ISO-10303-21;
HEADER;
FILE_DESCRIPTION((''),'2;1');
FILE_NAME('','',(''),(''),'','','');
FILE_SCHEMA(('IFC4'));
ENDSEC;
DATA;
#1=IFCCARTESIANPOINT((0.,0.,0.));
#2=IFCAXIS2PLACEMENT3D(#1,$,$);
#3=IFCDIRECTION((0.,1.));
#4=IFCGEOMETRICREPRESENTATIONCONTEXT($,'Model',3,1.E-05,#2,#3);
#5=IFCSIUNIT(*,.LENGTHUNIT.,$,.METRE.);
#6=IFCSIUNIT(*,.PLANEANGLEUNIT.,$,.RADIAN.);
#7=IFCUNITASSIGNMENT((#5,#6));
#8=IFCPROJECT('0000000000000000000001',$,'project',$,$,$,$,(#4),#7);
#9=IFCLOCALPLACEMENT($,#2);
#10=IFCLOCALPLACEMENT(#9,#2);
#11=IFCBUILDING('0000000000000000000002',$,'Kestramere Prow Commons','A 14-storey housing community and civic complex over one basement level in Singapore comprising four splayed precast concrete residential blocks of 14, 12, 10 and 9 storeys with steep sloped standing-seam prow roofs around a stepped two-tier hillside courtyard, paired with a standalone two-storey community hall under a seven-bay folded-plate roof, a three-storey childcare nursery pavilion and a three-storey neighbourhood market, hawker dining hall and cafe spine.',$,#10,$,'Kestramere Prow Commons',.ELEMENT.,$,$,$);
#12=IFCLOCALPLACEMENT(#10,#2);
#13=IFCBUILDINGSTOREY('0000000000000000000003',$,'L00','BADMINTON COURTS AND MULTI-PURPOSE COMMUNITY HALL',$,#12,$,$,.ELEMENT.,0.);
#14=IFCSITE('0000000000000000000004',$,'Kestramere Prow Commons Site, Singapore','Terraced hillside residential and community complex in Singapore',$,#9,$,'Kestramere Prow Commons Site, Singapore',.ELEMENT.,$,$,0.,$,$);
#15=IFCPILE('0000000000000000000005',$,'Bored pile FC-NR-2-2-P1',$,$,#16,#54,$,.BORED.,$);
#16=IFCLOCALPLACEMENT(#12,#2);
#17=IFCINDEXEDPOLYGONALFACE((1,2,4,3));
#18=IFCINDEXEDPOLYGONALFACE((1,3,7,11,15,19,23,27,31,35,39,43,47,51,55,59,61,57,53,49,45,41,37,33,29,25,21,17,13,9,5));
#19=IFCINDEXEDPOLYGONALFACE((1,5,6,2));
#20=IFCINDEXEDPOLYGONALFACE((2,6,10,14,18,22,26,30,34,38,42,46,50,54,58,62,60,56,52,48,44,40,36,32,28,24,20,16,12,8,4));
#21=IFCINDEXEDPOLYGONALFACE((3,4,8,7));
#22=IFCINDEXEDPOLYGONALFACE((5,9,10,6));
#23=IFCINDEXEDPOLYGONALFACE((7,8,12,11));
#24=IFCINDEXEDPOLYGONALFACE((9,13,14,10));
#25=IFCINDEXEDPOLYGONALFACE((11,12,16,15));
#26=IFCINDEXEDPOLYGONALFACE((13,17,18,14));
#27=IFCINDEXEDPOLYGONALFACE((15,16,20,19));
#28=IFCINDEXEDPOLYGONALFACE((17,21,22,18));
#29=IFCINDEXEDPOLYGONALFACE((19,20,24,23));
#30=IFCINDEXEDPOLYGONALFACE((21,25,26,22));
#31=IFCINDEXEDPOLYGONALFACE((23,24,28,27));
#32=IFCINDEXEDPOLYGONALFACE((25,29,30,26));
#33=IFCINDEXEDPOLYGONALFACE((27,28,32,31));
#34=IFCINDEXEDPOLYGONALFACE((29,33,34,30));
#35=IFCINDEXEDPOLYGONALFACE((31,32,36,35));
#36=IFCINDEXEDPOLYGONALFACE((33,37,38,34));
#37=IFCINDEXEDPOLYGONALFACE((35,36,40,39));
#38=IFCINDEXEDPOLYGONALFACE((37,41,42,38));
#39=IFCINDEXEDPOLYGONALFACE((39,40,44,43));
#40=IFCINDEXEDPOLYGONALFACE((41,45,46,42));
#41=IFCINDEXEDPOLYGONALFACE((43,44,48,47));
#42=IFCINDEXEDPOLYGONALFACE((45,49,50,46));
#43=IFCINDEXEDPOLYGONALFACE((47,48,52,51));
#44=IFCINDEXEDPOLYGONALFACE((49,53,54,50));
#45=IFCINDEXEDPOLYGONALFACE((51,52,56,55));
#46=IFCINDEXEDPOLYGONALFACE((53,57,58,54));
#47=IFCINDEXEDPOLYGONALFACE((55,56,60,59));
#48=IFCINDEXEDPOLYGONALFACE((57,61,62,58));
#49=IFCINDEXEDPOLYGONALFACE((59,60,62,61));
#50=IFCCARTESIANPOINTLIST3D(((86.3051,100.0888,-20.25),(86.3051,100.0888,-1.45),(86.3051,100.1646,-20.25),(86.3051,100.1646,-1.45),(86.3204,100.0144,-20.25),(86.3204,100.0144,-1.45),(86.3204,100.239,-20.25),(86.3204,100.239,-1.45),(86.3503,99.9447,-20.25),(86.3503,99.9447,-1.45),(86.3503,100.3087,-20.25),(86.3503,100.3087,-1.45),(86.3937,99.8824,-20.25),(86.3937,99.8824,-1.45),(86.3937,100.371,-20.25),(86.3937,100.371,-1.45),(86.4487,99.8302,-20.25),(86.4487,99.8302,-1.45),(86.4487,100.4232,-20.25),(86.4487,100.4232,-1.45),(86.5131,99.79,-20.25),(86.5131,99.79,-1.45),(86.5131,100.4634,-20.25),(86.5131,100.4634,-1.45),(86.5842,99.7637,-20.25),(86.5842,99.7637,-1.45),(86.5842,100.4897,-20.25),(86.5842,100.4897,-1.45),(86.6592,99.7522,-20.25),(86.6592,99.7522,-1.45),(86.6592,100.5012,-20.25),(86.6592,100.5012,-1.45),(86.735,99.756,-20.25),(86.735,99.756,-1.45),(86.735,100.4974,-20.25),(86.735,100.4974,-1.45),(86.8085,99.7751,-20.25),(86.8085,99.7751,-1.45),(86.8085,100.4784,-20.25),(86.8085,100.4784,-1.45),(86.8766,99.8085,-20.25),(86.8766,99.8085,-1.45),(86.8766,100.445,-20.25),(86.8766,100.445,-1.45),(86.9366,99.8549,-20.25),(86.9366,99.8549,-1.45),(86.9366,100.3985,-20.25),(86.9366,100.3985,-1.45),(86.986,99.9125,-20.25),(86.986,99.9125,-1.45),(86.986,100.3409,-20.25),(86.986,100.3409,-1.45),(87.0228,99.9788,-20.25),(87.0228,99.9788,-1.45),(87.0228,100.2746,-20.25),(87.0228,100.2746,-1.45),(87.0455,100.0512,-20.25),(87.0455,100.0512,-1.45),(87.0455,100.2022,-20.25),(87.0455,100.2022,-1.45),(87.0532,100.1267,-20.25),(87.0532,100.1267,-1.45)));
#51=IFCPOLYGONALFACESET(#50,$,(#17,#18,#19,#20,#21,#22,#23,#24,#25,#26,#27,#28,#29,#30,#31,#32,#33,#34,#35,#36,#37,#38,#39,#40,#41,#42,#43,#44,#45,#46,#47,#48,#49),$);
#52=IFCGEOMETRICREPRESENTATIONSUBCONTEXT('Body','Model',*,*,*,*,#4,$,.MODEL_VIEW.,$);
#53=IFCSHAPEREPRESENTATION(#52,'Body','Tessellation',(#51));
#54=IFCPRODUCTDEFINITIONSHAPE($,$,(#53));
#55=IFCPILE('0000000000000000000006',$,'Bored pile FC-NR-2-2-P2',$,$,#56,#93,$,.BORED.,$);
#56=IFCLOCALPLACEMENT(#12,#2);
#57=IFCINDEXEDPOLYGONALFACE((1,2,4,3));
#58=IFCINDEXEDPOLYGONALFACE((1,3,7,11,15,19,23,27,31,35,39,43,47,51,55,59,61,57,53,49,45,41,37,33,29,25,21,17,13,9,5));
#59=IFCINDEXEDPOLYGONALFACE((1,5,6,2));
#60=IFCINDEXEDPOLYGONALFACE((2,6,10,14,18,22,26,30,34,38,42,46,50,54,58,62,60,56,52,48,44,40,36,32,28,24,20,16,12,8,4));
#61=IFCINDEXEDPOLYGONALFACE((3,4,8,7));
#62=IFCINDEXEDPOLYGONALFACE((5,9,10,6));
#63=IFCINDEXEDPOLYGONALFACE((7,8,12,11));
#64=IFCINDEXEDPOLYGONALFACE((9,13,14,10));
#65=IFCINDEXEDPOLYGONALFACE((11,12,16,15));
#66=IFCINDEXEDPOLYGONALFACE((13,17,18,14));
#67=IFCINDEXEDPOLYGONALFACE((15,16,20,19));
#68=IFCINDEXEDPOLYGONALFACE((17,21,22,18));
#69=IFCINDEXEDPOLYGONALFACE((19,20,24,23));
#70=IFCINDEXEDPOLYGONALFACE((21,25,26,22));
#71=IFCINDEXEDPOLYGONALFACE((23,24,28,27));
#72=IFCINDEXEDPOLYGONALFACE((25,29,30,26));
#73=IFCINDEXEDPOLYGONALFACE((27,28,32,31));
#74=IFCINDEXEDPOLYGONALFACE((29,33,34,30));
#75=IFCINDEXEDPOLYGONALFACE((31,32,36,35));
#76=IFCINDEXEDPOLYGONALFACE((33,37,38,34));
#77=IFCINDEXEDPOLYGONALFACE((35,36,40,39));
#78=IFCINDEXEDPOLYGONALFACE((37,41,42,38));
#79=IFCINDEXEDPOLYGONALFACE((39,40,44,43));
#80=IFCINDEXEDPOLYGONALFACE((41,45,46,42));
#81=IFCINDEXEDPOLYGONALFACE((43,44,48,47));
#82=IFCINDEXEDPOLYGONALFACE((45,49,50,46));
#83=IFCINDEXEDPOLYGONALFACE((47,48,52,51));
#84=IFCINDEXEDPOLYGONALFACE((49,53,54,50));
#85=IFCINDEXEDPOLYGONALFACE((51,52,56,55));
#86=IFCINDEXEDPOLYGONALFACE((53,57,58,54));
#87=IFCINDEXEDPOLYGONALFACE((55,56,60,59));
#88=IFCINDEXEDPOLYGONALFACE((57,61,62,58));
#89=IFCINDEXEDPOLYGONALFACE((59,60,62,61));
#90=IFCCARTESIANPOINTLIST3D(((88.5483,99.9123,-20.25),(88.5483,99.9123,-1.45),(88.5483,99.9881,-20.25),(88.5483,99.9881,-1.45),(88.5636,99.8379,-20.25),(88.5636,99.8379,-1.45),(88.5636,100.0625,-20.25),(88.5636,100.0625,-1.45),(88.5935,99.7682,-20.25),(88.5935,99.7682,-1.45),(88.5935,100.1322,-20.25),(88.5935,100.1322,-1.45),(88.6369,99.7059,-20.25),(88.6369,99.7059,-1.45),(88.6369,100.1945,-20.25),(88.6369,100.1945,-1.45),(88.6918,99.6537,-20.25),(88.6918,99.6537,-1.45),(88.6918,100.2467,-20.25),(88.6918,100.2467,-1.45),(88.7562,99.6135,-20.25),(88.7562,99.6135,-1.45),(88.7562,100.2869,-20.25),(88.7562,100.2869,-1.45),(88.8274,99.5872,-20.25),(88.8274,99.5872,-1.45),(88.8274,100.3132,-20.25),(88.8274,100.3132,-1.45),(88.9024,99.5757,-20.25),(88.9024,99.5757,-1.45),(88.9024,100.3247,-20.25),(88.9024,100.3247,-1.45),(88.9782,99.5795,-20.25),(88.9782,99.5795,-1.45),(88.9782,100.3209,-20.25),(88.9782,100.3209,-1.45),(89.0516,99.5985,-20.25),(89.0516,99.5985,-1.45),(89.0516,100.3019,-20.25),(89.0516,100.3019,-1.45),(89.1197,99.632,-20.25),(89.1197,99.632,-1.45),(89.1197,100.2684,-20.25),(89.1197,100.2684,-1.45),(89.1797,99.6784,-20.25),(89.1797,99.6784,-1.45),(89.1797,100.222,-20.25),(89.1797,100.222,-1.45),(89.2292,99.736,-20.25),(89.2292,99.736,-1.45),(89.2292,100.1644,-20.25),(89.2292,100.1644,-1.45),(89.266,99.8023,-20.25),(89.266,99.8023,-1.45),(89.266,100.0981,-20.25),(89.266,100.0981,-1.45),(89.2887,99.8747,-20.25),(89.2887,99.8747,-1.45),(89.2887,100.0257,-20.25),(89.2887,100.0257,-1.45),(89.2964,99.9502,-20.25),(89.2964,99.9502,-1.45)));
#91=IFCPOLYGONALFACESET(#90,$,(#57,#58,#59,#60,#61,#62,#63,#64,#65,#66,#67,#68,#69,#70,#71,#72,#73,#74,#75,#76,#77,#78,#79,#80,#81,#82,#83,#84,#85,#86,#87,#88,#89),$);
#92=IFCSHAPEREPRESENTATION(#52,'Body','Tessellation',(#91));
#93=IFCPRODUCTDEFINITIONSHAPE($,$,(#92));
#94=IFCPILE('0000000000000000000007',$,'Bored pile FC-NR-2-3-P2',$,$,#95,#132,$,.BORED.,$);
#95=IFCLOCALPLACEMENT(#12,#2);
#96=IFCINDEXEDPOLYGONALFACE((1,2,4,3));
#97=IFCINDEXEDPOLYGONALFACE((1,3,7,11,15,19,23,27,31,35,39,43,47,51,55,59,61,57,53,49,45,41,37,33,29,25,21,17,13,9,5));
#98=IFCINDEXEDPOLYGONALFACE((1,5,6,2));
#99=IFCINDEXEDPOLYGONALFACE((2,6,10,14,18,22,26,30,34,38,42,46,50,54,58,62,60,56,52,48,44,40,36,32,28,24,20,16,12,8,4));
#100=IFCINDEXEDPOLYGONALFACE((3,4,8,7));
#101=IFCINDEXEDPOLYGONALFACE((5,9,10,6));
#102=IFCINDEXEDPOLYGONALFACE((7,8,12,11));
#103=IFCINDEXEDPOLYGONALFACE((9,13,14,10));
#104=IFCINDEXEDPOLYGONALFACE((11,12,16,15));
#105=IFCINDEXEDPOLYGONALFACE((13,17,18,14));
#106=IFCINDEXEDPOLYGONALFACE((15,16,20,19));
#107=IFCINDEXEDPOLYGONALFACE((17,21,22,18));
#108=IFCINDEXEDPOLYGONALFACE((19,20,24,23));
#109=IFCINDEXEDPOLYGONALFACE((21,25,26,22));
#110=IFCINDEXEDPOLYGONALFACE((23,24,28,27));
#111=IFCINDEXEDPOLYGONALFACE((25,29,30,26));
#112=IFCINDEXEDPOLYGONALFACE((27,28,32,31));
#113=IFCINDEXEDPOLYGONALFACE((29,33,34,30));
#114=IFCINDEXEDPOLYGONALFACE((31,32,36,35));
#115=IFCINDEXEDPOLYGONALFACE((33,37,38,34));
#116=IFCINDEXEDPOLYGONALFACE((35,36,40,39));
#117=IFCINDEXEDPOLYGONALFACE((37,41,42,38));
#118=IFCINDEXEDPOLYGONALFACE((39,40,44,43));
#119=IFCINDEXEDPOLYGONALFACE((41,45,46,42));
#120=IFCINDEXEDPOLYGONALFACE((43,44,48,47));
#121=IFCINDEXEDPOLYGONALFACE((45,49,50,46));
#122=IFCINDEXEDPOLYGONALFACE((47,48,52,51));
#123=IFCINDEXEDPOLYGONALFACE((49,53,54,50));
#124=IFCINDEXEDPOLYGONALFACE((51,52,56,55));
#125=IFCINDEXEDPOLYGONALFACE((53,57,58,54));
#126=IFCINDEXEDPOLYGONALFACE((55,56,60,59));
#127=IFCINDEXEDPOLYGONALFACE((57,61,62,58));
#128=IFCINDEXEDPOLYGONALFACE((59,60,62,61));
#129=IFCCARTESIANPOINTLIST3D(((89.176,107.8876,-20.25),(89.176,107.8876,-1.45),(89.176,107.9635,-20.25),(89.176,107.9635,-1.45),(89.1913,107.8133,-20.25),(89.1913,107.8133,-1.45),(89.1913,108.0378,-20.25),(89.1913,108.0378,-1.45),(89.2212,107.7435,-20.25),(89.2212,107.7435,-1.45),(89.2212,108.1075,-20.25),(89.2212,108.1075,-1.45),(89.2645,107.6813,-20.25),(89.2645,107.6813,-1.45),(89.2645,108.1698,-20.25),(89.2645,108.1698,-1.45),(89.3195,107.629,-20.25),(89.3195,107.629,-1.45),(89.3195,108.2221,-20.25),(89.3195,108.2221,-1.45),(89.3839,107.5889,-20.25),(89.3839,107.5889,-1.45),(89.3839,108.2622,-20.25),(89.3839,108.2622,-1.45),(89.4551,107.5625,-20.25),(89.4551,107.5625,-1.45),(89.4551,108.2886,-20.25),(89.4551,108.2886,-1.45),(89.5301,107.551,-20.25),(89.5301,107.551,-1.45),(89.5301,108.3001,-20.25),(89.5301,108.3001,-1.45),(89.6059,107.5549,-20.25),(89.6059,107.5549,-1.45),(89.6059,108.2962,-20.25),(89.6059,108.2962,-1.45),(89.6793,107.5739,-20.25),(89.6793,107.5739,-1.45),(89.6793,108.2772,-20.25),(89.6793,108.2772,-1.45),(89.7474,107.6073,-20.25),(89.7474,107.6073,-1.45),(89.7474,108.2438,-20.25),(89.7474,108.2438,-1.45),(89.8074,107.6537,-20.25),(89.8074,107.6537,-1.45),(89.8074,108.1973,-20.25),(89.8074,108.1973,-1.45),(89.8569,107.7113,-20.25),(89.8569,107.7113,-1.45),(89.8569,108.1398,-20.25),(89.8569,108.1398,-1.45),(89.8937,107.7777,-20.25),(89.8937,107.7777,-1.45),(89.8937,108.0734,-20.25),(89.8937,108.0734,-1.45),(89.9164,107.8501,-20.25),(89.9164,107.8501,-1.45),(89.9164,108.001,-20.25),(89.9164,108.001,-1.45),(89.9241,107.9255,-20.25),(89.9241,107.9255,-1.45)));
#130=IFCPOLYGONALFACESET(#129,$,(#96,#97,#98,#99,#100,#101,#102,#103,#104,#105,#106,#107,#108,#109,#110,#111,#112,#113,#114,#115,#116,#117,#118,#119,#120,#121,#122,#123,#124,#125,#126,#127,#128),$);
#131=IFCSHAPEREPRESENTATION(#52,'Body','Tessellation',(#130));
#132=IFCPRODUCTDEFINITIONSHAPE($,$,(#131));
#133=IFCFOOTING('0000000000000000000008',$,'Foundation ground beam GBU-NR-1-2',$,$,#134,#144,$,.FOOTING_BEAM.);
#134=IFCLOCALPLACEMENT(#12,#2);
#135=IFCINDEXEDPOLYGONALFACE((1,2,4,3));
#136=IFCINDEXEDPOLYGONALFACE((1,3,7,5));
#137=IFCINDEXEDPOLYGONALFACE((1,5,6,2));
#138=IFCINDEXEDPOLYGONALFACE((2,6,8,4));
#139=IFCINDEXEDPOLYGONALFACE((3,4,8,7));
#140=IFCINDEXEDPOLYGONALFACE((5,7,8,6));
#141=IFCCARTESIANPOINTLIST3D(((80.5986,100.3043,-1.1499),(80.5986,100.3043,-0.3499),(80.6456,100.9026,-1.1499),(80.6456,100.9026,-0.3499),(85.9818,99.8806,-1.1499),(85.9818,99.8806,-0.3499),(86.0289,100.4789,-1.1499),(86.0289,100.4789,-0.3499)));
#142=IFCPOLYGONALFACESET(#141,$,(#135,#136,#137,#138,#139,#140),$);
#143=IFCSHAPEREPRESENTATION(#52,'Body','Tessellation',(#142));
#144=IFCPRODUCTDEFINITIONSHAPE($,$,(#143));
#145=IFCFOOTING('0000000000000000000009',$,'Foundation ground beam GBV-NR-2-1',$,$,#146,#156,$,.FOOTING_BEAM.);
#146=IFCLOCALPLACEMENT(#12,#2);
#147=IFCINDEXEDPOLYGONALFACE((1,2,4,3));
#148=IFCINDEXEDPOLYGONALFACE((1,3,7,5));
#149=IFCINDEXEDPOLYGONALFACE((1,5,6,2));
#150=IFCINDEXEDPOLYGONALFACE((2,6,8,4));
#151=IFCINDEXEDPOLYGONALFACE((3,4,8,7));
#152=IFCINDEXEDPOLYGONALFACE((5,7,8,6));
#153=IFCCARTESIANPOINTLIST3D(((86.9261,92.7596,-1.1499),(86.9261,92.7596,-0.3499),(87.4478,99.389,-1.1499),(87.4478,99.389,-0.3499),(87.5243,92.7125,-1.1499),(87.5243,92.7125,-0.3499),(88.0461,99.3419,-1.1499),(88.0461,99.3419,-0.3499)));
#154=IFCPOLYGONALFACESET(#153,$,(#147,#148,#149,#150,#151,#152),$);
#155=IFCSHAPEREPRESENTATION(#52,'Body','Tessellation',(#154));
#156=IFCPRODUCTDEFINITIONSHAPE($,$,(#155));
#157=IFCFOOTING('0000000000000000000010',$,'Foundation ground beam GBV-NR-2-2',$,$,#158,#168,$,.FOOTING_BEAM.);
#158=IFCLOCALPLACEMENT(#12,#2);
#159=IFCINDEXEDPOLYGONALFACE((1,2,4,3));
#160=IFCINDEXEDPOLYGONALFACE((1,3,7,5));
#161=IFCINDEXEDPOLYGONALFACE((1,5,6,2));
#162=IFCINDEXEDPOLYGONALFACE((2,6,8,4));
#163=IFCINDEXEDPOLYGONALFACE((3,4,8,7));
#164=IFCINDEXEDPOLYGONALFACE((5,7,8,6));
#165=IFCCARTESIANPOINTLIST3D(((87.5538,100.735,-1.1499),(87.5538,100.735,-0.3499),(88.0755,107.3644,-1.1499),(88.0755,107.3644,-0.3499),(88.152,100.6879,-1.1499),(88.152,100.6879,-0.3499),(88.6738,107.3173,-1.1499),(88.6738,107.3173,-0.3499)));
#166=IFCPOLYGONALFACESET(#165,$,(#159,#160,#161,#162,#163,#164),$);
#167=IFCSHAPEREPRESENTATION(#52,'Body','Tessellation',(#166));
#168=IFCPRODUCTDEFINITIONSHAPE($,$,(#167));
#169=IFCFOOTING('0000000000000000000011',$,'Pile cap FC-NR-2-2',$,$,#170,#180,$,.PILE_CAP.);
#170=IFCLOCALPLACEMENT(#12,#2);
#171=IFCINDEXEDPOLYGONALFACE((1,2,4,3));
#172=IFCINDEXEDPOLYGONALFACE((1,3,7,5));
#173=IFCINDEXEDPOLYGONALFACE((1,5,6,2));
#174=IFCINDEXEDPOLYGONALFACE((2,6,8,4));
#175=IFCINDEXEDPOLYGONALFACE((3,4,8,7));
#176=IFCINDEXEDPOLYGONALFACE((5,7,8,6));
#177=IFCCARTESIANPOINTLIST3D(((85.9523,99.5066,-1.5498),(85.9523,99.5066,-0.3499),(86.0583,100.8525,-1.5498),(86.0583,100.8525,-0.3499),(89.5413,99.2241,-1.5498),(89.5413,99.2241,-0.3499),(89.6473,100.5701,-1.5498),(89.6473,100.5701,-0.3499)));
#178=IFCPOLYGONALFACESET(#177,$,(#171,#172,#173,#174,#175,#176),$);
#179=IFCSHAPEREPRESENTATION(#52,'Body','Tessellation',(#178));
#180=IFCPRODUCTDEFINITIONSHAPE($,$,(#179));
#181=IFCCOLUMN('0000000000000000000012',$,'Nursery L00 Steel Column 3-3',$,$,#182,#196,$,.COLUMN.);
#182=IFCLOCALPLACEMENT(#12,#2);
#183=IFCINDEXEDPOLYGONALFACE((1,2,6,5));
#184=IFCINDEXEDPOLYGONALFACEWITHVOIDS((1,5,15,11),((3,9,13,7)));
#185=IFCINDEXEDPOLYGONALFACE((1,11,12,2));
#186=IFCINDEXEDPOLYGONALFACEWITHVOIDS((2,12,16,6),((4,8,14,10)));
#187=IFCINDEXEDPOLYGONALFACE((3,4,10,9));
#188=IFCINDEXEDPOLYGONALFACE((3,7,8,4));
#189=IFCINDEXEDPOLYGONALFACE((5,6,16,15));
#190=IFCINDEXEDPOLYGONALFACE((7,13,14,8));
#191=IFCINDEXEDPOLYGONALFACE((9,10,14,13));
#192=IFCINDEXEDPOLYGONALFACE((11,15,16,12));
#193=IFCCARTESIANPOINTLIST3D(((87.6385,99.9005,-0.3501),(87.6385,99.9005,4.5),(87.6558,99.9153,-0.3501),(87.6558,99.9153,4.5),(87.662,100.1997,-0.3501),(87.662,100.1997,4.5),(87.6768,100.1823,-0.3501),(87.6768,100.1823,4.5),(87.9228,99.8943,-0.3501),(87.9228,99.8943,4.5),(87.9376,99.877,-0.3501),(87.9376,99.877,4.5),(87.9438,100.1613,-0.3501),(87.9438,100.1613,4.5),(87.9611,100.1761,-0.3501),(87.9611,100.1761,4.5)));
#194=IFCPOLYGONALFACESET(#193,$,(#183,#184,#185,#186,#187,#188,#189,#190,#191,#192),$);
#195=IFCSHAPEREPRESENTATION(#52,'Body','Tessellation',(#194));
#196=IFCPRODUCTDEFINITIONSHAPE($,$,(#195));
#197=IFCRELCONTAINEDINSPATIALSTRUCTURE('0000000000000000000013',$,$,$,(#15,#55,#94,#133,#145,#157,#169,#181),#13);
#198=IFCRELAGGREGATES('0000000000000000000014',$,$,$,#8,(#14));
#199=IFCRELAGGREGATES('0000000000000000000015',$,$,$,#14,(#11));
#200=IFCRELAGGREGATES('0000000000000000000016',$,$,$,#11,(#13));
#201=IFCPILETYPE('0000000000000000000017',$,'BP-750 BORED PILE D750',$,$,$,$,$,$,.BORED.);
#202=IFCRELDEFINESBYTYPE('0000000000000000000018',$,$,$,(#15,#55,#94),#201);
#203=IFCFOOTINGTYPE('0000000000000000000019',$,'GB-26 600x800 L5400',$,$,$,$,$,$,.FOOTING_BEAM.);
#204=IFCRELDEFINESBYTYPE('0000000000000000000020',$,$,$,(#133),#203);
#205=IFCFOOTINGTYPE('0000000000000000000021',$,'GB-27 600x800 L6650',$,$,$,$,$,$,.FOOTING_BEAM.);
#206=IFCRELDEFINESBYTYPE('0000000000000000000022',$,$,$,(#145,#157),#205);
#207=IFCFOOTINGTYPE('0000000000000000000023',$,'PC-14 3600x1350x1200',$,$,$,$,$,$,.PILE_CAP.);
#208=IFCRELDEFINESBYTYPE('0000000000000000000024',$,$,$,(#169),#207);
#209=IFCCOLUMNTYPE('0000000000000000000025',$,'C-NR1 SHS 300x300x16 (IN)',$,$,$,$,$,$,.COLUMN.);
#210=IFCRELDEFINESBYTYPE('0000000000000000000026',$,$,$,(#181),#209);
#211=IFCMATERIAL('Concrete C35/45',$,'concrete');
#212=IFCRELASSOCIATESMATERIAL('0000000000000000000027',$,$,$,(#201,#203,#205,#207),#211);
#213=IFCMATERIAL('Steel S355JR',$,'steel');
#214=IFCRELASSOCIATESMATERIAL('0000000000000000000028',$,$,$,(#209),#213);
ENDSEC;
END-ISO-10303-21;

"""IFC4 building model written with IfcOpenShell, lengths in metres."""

from ifc_helpers import new_model, si_unit, direction, frame, origin, origin_2d, place, context, subcontext, project, spatial, rectangle, hollow_rectangle, circle, extrude, material, material_profile, profile_set, type_object, element, save


model = new_model("IFC4")

# Units and contexts
model_context = context("Model", 3, precision=1e-05, world=origin(), true_north=direction((0.0, 1.0)))
body_context = subcontext(model_context, "Body", "Model", "MODEL_VIEW")
ifc_project = project(units=[si_unit("LENGTHUNIT", "METRE"), si_unit("PLANEANGLEUNIT", "RADIAN")], contexts=[model_context])

# Site, building, storey
site_placement = place(None, origin())
site = spatial("IfcSite", under=ifc_project, at=site_placement, Name="Kestramere Prow Commons Site, Singapore", Description="Terraced hillside residential and community complex in Singapore", LongName="Kestramere Prow Commons Site, Singapore", CompositionType="ELEMENT", RefElevation=0.0)
building_placement = place(site_placement, origin())
building = spatial("IfcBuilding", under=site, at=building_placement, Name="Kestramere Prow Commons", Description="A 14-storey housing community and civic complex over one basement level in Singapore comprising four splayed precast concrete residential blocks of 14, 12, 10 and 9 storeys with steep sloped standing-seam prow roofs around a stepped two-tier hillside courtyard, paired with a standalone two-storey community hall under a seven-bay folded-plate roof, a three-storey childcare nursery pavilion and a three-storey neighbourhood market, hawker dining hall and cafe spine.", LongName="Kestramere Prow Commons", CompositionType="ELEMENT")
storey_placement = place(building_placement, origin())
storey = spatial("IfcBuildingStorey", under=building, at=storey_placement, Name="L00", Description="BADMINTON COURTS AND MULTI-PURPOSE COMMUNITY HALL", CompositionType="ELEMENT", Elevation=0.0)

# Piles
ifc_material_1 = material(Name="Concrete C35/45", Category="concrete")
ifc_material_profile_1 = material_profile(ifc_material_1, circle(Radius=0.375, at=origin_2d()), Name="BORED PILE D750")
ifc_profile_set_1 = profile_set([ifc_material_profile_1], Name="Concrete C35/45")
pile_type = type_object("IfcPileType", Name="BP-750 BORED PILE D750", PredefinedType="BORED", material=ifc_profile_set_1)
for number, where, z_axis, x_axis, name in (
    (1, (86.6782, 100.1267, -1.45), (0.0, 0.0, -1.0), (1.0, 0.0, 0.0), "Bored pile FC-NR-2-2-P1"),
    (2, (88.9214, 99.9502, -1.45), (0.0, 0.0, -1.0), (1.0, 0.0, 0.0), "Bored pile FC-NR-2-2-P2"),
    (3, (89.5491, 107.9255, -1.45), (0.0, 0.0, -1.0), (1.0, 0.0, 0.0), "Bored pile FC-NR-2-3-P2"),
):
    element("IfcPile", number, at=place(storey_placement, frame(where, z_axis=z_axis, x_axis=x_axis)), inside=storey, type_object=pile_type, Name=name, PredefinedType="BORED", context=body_context, shape_type="SweptSolid", body=[
        extrude(circle(Radius=0.375, at=origin_2d()), origin(), (0.0, 0.0, 1.0), 18.8),
    ])

# Footings
footing_type_1 = type_object("IfcFootingType", Name="GB-26 600x800 L5400", PredefinedType="FOOTING_BEAM", material=ifc_material_1)
footing_1_placement = place(storey_placement, frame((83.3137, 100.3916, -1.1499), z_axis=(0.0, 0.0, 1.0), x_axis=(0.996917, -0.078459, 0.0)))
element("IfcFooting", 4, at=footing_1_placement, inside=storey, type_object=footing_type_1, Name="Foundation ground beam GBU-NR-1-2", PredefinedType="FOOTING_BEAM", context=body_context, shape_type="SweptSolid", body=[
    extrude(rectangle(XDim=5.3999, YDim=0.6001, at=origin_2d()), origin(), (0.0, 0.0, 1.0), 0.8),
])
footing_type_2 = type_object("IfcFootingType", Name="GB-27 600x800 L6650", PredefinedType="FOOTING_BEAM", material=ifc_material_1)
for number, where, z_axis, x_axis, name in (
    (5, (87.4861, 96.0508, -1.1499), (0.0, 0.0, 1.0), (0.078459, 0.996917, 0.0), "Foundation ground beam GBV-NR-2-1"),
    (6, (88.1138, 104.0261, -1.1499), (0.0, 0.0, 1.0), (0.078459, 0.996917, 0.0), "Foundation ground beam GBV-NR-2-2"),
):
    element("IfcFooting", number, at=place(storey_placement, frame(where, z_axis=z_axis, x_axis=x_axis)), inside=storey, type_object=footing_type_2, Name=name, PredefinedType="FOOTING_BEAM", context=body_context, shape_type="SweptSolid", body=[
        extrude(rectangle(XDim=6.6499, YDim=0.6001, at=origin_2d()), origin(), (0.0, 0.0, 1.0), 0.8),
    ])
footing_type_3 = type_object("IfcFootingType", Name="PC-14 3600x1350x1200", PredefinedType="PILE_CAP", material=ifc_material_1)
footing_2_placement = place(storey_placement, frame((87.7998, 100.0383, -1.5498), z_axis=(0.0, 0.0, 1.0), x_axis=(0.996917, -0.078459, 0.0)))
element("IfcFooting", 7, at=footing_2_placement, inside=storey, type_object=footing_type_3, Name="Pile cap FC-NR-2-2", PredefinedType="PILE_CAP", context=body_context, shape_type="SweptSolid", body=[
    extrude(rectangle(XDim=3.6001, YDim=1.3501, at=origin_2d()), origin(), (0.0, 0.0, 1.0), 1.2),
])

# Column
ifc_material_2 = material(Name="Steel S355JR", Category="steel")
ifc_material_profile_2 = material_profile(ifc_material_2, hollow_rectangle(XDim=0.3, YDim=0.3, WallThickness=0.0161, at=origin_2d()), Name="SHS 300x300x16")
ifc_profile_set_2 = profile_set([ifc_material_profile_2], Name="Steel S355JR")
column_type = type_object("IfcColumnType", Name="C-NR1 SHS 300x300x16 (IN)", PredefinedType="COLUMN", material=ifc_profile_set_2)
column_placement = place(storey_placement, frame((87.7998, 100.0383, -0.3501), z_axis=(0.0, 0.0, 1.0), x_axis=(0.996917, -0.078459, 0.0)))
element("IfcColumn", 8, at=column_placement, inside=storey, type_object=column_type, Name="Nursery L00 Steel Column 3-3", PredefinedType="COLUMN", context=body_context, shape_type="SweptSolid", body=[
    extrude(hollow_rectangle(XDim=0.3, YDim=0.3, WallThickness=0.0161, at=origin_2d()), origin(), (0.0, 0.0, 1.0), 4.8501),
])

save(model, "model.ifc")
